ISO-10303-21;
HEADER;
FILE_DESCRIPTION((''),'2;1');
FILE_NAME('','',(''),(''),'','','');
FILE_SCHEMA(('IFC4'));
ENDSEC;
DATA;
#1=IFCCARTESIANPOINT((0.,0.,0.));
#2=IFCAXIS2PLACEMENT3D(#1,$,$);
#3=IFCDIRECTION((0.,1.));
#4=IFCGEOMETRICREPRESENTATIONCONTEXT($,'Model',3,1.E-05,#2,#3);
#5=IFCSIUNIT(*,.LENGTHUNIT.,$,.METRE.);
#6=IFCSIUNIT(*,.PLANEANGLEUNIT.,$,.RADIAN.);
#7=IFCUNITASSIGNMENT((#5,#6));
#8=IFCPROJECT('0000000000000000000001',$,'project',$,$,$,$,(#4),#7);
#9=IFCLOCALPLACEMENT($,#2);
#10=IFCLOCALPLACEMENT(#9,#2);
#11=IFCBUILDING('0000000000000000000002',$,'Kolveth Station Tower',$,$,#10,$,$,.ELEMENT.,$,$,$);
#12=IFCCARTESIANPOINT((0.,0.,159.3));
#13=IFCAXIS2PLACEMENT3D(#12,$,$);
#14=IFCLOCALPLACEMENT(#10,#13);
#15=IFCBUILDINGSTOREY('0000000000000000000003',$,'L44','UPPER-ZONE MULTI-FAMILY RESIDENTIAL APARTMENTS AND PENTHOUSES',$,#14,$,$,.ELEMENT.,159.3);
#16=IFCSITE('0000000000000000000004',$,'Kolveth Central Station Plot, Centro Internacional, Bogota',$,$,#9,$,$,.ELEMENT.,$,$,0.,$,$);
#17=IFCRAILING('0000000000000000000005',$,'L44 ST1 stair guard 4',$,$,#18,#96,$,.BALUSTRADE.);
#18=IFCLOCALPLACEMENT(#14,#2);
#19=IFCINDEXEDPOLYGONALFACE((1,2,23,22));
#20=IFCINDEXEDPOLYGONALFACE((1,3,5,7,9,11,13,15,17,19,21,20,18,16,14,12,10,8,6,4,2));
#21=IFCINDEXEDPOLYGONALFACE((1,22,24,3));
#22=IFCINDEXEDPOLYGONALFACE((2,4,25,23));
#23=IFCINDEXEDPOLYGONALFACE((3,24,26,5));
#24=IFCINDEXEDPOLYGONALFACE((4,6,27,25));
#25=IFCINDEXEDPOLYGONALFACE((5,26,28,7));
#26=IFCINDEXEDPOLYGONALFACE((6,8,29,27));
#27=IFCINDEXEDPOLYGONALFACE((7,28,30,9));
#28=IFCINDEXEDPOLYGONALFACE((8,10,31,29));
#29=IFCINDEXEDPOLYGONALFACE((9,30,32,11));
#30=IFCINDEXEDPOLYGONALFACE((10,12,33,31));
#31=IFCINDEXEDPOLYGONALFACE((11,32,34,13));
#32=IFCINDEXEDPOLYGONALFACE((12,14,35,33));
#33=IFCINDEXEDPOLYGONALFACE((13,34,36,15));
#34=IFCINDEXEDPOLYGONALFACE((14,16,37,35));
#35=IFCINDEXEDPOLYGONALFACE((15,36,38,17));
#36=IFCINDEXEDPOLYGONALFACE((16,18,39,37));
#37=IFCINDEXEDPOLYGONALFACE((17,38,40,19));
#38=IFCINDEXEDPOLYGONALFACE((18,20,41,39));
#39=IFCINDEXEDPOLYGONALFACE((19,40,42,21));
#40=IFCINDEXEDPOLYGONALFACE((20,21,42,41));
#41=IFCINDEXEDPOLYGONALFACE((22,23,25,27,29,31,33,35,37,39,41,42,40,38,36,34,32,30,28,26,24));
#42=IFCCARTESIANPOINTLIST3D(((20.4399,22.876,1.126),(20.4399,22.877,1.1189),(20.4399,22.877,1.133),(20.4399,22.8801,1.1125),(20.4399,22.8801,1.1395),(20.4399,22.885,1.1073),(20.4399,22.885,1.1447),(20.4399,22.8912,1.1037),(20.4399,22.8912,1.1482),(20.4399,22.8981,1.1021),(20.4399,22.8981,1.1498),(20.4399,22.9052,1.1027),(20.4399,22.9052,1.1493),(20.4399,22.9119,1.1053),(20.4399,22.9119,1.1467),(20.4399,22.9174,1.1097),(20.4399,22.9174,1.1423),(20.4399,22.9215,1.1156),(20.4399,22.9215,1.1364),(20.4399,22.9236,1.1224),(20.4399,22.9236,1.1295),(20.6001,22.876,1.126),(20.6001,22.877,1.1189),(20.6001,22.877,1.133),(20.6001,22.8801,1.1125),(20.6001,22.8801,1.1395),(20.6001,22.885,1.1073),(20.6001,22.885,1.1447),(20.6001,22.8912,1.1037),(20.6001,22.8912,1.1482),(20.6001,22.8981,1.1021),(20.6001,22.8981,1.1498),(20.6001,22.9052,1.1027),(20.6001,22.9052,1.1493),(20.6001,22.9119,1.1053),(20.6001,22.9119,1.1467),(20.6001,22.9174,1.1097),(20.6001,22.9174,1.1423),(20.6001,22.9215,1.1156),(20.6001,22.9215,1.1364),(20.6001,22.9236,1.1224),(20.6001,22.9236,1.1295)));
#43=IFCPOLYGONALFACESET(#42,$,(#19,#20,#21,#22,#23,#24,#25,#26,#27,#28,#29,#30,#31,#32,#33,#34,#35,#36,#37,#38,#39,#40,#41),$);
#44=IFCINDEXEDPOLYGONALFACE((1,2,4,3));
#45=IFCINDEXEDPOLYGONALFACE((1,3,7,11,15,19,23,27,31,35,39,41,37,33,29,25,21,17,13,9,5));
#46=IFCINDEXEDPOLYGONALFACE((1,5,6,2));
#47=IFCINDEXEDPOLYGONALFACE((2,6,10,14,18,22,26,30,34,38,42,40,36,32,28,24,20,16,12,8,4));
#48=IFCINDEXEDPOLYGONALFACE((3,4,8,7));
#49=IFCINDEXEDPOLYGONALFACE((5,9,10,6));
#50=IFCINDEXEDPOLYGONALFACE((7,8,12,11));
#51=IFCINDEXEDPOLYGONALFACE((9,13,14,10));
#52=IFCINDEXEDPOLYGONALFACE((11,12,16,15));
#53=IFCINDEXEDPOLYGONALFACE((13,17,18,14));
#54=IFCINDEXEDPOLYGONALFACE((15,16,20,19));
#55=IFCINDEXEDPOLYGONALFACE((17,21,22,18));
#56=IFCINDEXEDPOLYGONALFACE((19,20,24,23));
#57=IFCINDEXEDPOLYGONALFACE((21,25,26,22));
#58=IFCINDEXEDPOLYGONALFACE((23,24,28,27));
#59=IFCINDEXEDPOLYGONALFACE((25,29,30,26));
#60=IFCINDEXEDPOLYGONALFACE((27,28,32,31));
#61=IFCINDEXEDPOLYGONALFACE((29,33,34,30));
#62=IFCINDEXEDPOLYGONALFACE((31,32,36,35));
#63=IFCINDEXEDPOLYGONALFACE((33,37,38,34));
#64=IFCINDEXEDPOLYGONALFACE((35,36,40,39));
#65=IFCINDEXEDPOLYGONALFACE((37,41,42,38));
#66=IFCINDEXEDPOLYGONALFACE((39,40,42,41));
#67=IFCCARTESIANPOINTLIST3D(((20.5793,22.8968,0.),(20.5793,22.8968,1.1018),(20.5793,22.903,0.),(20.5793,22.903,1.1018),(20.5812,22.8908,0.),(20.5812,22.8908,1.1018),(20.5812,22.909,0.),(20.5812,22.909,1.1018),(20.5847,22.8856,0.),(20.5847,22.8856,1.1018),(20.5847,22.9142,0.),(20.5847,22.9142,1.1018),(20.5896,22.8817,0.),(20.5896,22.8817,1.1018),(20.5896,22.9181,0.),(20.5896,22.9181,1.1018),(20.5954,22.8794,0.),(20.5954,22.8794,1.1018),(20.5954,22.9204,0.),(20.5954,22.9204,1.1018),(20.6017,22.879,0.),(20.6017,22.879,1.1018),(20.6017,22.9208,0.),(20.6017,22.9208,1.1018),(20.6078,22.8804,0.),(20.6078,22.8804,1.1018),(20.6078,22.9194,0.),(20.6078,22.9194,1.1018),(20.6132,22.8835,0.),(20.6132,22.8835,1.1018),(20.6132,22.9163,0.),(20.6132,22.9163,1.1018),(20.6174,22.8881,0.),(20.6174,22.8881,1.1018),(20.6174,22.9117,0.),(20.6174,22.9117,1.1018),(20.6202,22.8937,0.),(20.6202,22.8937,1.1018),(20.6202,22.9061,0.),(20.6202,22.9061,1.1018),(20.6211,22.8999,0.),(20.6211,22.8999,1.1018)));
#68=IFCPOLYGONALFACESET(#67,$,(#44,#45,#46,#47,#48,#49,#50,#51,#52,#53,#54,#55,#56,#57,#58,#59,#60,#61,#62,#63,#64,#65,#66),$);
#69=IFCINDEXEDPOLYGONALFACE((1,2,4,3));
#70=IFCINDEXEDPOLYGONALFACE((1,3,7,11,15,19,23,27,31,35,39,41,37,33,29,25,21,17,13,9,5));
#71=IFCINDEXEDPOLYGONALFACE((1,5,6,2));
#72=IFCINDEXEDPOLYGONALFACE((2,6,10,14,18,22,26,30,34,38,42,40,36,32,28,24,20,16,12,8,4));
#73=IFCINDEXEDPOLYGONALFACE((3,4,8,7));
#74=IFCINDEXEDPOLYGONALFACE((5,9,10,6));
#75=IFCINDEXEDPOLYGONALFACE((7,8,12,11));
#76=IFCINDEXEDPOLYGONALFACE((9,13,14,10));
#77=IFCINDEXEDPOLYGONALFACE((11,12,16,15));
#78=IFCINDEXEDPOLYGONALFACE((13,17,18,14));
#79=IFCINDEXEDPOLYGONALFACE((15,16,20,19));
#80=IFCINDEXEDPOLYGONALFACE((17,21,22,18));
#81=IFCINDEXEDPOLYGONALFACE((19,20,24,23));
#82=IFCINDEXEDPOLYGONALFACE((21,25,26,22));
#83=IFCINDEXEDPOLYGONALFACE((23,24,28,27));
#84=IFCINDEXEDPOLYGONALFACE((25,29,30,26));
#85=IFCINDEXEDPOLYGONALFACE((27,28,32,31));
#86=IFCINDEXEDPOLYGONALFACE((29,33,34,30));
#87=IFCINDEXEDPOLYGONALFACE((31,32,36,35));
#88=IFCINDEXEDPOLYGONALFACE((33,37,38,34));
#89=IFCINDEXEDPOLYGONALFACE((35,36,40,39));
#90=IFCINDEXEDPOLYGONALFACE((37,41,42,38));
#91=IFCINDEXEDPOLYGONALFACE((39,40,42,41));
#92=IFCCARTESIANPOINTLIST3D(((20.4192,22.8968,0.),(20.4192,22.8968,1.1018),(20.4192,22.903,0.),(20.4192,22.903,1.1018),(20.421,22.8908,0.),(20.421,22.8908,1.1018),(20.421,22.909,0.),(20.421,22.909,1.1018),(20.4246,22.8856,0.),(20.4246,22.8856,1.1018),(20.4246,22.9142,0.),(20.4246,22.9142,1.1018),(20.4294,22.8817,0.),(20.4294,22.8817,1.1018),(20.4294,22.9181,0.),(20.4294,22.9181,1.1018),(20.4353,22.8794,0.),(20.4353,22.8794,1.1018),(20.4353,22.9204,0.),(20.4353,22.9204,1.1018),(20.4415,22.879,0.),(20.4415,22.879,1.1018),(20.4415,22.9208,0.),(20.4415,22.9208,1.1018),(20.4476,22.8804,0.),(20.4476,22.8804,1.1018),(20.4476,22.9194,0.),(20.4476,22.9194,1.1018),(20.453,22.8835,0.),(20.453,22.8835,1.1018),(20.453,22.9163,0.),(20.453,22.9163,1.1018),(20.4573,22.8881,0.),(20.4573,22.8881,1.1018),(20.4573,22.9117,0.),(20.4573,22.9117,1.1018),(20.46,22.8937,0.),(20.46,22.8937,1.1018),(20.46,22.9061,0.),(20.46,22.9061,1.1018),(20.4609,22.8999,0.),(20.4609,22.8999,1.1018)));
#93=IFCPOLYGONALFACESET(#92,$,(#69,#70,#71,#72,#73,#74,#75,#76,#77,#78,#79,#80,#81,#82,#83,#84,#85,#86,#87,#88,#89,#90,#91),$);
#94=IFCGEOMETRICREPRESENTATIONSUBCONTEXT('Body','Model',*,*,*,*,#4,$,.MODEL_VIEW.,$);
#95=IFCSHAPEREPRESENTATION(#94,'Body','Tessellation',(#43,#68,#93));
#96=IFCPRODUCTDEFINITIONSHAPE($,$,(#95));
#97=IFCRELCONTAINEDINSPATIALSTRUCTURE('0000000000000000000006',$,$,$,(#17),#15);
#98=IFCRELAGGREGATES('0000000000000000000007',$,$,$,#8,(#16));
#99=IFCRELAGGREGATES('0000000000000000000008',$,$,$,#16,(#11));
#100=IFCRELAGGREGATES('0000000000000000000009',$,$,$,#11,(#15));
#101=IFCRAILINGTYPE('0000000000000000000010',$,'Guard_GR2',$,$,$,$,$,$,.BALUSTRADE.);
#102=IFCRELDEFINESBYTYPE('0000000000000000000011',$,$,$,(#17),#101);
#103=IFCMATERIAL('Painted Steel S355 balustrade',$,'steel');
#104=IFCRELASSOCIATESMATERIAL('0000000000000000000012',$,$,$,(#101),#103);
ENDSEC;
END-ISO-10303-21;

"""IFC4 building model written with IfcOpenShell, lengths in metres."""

from ifc_helpers import new_model, si_unit, direction, frame, origin, origin_2d, place, context, subcontext, project, spatial, circle, extrude, material, type_object, element, save


model = new_model("IFC4")

# Units and contexts
model_context = context("Model", 3, precision=1e-05, world=origin(), true_north=direction((0.0, 1.0)))
body_context = subcontext(model_context, "Body", "Model", "MODEL_VIEW")
ifc_project = project(units=[si_unit("LENGTHUNIT", "METRE"), si_unit("PLANEANGLEUNIT", "RADIAN")], contexts=[model_context])

# Site, building, storey
site_placement = place(None, origin())
site = spatial("IfcSite", under=ifc_project, at=site_placement, Name="Kolveth Central Station Plot, Centro Internacional, Bogota", CompositionType="ELEMENT", RefElevation=0.0)
building_placement = place(site_placement, origin())
building = spatial("IfcBuilding", under=site, at=building_placement, Name="Kolveth Station Tower", CompositionType="ELEMENT")
storey_placement = place(building_placement, frame((0.0, 0.0, 159.3)))
storey = spatial("IfcBuildingStorey", under=building, at=storey_placement, Name="L44", Description="UPPER-ZONE MULTI-FAMILY RESIDENTIAL APARTMENTS AND PENTHOUSES", CompositionType="ELEMENT", Elevation=159.3)

# Railing
ifc_material_1 = material(Name="Painted Steel S355 balustrade", Category="steel")
railing_type_1 = type_object("IfcRailingType", Name="Guard_GR2", PredefinedType="BALUSTRADE", material=ifc_material_1)
railing_1_placement = place(storey_placement, frame((20.6001, 22.8999, 0.0)))
element("IfcRailing", 1, at=railing_1_placement, inside=storey, type_object=railing_type_1, Name="L44 ST1 stair guard 4", PredefinedType="BALUSTRADE", context=body_context, shape_type="SweptSolid", body=[
    extrude(circle(Radius=0.0239, at=origin_2d()), frame((0.0, 0.0, 1.126), z_axis=(-1.0, 0.0, 0.0), x_axis=(0.0, -1.0, 0.0)), (0.0, 0.0, 1.0), 0.1602),
    extrude(circle(Radius=0.021, at=origin_2d()), origin(), (0.0, 0.0, 1.0), 1.1018),
    extrude(circle(Radius=0.021, at=origin_2d()), frame((-0.1602, 0.0, 0.0)), (0.0, 0.0, 1.0), 1.1018),
])

save(model, "model.ifc")
